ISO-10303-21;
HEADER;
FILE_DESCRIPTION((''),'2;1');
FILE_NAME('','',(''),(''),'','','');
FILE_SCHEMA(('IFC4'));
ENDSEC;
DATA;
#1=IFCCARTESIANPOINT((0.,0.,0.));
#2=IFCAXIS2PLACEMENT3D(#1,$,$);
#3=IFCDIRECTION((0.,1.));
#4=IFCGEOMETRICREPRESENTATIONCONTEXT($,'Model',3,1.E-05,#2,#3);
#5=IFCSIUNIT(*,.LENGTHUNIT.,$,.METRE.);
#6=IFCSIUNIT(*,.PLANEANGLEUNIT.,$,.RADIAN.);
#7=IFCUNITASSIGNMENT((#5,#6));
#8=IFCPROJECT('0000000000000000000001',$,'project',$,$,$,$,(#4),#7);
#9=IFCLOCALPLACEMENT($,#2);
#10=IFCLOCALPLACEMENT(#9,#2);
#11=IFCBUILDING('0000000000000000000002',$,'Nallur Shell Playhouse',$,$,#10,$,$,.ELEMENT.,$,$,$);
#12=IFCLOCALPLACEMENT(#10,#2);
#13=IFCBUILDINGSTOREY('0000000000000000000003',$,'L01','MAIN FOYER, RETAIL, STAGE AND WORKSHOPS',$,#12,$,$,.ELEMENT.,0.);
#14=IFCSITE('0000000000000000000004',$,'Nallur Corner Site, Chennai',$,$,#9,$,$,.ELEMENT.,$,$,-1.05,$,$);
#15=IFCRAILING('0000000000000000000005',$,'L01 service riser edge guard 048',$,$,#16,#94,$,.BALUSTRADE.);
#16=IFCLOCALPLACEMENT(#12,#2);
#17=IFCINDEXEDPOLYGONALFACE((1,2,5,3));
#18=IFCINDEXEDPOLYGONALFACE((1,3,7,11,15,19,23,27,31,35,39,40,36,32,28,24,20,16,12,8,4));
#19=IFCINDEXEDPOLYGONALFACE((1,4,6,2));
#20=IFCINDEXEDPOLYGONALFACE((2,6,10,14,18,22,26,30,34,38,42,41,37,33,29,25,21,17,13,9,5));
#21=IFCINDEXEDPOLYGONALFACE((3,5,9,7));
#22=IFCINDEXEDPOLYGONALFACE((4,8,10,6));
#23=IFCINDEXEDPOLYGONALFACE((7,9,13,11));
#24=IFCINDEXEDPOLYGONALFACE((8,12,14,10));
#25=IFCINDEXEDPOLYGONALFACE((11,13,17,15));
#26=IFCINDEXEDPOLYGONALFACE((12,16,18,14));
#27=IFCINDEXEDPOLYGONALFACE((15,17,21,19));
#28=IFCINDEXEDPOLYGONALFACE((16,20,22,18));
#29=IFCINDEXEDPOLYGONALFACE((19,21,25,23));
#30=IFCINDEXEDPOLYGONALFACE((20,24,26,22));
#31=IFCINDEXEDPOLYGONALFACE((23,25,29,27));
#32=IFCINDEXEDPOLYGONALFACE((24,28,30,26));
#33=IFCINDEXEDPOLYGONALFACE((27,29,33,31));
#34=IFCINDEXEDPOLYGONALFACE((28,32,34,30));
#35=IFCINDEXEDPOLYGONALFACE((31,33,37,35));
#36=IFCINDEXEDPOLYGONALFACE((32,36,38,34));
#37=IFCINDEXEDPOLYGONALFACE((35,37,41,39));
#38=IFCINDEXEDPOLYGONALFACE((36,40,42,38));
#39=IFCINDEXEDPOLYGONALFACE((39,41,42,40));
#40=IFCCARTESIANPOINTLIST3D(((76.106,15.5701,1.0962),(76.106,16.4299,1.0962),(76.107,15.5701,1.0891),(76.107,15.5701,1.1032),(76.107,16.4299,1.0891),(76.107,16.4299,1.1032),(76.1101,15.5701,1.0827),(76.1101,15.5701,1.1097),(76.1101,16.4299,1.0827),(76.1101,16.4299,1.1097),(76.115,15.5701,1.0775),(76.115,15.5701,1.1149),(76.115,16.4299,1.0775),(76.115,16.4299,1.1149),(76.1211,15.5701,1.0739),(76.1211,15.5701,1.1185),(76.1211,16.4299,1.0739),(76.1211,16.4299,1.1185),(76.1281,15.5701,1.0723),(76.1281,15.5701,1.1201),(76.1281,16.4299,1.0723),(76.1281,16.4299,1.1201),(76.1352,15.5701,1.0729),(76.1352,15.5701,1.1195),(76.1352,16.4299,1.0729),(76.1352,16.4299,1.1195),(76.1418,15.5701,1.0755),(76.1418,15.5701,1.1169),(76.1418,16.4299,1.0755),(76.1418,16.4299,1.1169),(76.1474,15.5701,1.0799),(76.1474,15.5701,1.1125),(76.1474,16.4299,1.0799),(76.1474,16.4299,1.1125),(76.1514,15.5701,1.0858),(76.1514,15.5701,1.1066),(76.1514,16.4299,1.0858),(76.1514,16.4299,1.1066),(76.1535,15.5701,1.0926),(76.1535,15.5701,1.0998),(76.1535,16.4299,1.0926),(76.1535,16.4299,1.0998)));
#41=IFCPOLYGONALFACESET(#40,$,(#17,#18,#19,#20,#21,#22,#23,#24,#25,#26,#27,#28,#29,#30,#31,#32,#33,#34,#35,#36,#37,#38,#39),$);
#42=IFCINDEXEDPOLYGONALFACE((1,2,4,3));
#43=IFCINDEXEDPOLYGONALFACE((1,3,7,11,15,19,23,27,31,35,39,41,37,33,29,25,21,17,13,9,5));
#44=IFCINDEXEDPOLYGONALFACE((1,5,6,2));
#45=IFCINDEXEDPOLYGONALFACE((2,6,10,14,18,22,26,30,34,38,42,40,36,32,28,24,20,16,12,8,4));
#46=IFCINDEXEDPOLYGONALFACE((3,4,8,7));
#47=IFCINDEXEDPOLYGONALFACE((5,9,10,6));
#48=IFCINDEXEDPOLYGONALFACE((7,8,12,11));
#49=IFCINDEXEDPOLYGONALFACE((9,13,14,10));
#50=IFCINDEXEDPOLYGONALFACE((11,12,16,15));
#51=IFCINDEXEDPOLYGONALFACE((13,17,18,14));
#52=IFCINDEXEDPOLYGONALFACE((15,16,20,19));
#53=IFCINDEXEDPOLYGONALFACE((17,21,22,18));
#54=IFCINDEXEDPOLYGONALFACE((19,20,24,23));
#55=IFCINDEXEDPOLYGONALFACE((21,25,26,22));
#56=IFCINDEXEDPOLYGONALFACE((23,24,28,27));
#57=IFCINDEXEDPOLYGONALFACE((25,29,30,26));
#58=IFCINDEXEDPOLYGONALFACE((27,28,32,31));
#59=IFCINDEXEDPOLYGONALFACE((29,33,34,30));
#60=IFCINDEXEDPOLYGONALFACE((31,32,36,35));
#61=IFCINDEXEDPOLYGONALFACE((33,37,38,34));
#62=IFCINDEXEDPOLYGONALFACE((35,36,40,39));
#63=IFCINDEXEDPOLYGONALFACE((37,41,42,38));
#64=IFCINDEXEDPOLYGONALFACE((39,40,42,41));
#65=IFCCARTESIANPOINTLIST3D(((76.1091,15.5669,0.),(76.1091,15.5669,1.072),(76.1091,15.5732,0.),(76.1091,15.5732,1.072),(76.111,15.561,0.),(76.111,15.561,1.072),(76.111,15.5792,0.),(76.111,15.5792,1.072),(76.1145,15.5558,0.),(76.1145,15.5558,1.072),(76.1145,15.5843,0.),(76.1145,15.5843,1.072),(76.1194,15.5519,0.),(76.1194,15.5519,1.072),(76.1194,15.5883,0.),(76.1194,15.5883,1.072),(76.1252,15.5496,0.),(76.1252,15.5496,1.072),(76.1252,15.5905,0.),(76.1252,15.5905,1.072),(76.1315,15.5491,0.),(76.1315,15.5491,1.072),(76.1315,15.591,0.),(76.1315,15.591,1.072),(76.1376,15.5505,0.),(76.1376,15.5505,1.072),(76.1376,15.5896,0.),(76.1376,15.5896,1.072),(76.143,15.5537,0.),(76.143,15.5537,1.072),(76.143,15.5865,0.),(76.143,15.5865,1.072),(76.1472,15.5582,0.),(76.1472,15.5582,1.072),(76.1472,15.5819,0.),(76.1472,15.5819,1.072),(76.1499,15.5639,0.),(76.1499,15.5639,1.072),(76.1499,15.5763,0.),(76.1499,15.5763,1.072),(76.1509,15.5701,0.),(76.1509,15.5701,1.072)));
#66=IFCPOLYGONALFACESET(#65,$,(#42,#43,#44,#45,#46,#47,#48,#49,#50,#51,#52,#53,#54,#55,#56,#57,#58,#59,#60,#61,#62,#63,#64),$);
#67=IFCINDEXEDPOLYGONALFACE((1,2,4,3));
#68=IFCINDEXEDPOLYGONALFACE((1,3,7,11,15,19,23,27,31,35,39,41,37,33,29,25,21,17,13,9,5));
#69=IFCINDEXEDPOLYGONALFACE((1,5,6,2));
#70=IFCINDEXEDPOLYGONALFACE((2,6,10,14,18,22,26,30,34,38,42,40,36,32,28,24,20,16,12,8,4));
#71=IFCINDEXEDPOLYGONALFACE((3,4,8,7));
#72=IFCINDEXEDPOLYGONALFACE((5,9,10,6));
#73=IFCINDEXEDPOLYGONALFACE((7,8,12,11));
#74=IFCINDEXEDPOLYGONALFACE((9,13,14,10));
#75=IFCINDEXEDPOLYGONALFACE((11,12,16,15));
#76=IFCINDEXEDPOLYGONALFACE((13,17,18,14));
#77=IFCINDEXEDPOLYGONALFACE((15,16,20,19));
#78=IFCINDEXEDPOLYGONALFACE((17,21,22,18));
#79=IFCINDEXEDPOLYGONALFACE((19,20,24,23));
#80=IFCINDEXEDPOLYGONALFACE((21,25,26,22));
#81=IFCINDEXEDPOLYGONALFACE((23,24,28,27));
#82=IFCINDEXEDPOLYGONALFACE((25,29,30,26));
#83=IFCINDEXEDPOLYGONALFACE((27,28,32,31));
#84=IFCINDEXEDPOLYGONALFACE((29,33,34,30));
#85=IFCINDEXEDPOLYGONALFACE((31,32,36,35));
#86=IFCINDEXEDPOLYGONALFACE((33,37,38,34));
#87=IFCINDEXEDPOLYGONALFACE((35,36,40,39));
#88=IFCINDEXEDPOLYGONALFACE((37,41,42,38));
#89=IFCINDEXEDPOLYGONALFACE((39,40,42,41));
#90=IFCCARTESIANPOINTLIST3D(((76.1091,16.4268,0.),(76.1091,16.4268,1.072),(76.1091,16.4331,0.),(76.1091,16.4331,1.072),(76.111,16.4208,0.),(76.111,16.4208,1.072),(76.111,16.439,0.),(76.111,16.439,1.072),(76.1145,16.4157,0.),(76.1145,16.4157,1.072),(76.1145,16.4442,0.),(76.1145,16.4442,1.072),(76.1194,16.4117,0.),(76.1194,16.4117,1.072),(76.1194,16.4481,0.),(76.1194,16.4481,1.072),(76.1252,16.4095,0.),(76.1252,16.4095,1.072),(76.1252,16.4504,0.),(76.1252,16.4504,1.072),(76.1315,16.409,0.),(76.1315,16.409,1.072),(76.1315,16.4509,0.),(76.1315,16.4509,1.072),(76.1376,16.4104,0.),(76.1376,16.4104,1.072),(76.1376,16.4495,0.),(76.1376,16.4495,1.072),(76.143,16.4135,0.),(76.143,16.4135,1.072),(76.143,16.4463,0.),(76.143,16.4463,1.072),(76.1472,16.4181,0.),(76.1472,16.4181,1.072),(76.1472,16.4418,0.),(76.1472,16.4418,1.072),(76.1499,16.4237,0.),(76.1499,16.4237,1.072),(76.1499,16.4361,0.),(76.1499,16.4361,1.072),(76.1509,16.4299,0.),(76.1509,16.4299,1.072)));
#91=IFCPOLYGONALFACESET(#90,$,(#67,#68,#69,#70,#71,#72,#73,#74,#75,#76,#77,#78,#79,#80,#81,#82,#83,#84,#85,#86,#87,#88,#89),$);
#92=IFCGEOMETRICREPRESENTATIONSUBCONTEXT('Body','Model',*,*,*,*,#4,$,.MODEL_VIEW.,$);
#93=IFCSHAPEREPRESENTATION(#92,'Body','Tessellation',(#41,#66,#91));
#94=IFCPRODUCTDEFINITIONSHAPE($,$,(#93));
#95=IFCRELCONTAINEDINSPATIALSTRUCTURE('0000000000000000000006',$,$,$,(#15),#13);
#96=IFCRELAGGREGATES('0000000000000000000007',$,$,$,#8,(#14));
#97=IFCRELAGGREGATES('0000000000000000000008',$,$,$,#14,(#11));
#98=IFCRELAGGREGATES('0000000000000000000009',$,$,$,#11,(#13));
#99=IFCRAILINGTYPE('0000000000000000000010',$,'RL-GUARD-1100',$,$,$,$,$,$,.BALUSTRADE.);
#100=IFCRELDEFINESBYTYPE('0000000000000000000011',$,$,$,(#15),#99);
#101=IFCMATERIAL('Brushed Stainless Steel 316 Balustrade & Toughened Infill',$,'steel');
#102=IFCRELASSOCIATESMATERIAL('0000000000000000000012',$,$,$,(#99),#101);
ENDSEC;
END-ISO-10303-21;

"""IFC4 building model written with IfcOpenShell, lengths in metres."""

from ifc_helpers import new_model, si_unit, direction, frame, origin, origin_2d, place, context, subcontext, project, spatial, circle, extrude, material, type_object, element, save


model = new_model("IFC4")

# Units and contexts
model_context = context("Model", 3, precision=1e-05, world=origin(), true_north=direction((0.0, 1.0)))
body_context = subcontext(model_context, "Body", "Model", "MODEL_VIEW")
ifc_project = project(units=[si_unit("LENGTHUNIT", "METRE"), si_unit("PLANEANGLEUNIT", "RADIAN")], contexts=[model_context])

# Site, building, storey
site_placement = place(None, origin())
site = spatial("IfcSite", under=ifc_project, at=site_placement, Name="Nallur Corner Site, Chennai", CompositionType="ELEMENT", RefElevation=-1.05)
building_placement = place(site_placement, origin())
building = spatial("IfcBuilding", under=site, at=building_placement, Name="Nallur Shell Playhouse", CompositionType="ELEMENT")
storey_placement = place(building_placement, origin())
storey = spatial("IfcBuildingStorey", under=building, at=storey_placement, Name="L01", Description="MAIN FOYER, RETAIL, STAGE AND WORKSHOPS", CompositionType="ELEMENT", Elevation=0.0)

# Railing
ifc_material_1 = material(Name="Brushed Stainless Steel 316 Balustrade & Toughened Infill", Category="steel")
railing_type = type_object("IfcRailingType", Name="RL-GUARD-1100", PredefinedType="BALUSTRADE", material=ifc_material_1)
railing_1_placement = place(storey_placement, frame((76.1299, 15.5701, 0.0)))
element("IfcRailing", 1, at=railing_1_placement, inside=storey, type_object=railing_type, Name="L01 service riser edge guard 048", PredefinedType="BALUSTRADE", context=body_context, shape_type="SweptSolid", body=[
    extrude(circle(Radius=0.0239, at=origin_2d()), frame((0.0, 0.0, 1.0962), z_axis=(0.0, 1.0, 0.0), x_axis=(-1.0, 0.0, 0.0)), (0.0, 0.0, 1.0), 0.8599),
    extrude(circle(Radius=0.021, at=origin_2d()), origin(), (0.0, 0.0, 1.0), 1.072),
    extrude(circle(Radius=0.021, at=origin_2d()), frame((0.0, 0.8599, 0.0)), (0.0, 0.0, 1.0), 1.072),
])

save(model, "model.ifc")
